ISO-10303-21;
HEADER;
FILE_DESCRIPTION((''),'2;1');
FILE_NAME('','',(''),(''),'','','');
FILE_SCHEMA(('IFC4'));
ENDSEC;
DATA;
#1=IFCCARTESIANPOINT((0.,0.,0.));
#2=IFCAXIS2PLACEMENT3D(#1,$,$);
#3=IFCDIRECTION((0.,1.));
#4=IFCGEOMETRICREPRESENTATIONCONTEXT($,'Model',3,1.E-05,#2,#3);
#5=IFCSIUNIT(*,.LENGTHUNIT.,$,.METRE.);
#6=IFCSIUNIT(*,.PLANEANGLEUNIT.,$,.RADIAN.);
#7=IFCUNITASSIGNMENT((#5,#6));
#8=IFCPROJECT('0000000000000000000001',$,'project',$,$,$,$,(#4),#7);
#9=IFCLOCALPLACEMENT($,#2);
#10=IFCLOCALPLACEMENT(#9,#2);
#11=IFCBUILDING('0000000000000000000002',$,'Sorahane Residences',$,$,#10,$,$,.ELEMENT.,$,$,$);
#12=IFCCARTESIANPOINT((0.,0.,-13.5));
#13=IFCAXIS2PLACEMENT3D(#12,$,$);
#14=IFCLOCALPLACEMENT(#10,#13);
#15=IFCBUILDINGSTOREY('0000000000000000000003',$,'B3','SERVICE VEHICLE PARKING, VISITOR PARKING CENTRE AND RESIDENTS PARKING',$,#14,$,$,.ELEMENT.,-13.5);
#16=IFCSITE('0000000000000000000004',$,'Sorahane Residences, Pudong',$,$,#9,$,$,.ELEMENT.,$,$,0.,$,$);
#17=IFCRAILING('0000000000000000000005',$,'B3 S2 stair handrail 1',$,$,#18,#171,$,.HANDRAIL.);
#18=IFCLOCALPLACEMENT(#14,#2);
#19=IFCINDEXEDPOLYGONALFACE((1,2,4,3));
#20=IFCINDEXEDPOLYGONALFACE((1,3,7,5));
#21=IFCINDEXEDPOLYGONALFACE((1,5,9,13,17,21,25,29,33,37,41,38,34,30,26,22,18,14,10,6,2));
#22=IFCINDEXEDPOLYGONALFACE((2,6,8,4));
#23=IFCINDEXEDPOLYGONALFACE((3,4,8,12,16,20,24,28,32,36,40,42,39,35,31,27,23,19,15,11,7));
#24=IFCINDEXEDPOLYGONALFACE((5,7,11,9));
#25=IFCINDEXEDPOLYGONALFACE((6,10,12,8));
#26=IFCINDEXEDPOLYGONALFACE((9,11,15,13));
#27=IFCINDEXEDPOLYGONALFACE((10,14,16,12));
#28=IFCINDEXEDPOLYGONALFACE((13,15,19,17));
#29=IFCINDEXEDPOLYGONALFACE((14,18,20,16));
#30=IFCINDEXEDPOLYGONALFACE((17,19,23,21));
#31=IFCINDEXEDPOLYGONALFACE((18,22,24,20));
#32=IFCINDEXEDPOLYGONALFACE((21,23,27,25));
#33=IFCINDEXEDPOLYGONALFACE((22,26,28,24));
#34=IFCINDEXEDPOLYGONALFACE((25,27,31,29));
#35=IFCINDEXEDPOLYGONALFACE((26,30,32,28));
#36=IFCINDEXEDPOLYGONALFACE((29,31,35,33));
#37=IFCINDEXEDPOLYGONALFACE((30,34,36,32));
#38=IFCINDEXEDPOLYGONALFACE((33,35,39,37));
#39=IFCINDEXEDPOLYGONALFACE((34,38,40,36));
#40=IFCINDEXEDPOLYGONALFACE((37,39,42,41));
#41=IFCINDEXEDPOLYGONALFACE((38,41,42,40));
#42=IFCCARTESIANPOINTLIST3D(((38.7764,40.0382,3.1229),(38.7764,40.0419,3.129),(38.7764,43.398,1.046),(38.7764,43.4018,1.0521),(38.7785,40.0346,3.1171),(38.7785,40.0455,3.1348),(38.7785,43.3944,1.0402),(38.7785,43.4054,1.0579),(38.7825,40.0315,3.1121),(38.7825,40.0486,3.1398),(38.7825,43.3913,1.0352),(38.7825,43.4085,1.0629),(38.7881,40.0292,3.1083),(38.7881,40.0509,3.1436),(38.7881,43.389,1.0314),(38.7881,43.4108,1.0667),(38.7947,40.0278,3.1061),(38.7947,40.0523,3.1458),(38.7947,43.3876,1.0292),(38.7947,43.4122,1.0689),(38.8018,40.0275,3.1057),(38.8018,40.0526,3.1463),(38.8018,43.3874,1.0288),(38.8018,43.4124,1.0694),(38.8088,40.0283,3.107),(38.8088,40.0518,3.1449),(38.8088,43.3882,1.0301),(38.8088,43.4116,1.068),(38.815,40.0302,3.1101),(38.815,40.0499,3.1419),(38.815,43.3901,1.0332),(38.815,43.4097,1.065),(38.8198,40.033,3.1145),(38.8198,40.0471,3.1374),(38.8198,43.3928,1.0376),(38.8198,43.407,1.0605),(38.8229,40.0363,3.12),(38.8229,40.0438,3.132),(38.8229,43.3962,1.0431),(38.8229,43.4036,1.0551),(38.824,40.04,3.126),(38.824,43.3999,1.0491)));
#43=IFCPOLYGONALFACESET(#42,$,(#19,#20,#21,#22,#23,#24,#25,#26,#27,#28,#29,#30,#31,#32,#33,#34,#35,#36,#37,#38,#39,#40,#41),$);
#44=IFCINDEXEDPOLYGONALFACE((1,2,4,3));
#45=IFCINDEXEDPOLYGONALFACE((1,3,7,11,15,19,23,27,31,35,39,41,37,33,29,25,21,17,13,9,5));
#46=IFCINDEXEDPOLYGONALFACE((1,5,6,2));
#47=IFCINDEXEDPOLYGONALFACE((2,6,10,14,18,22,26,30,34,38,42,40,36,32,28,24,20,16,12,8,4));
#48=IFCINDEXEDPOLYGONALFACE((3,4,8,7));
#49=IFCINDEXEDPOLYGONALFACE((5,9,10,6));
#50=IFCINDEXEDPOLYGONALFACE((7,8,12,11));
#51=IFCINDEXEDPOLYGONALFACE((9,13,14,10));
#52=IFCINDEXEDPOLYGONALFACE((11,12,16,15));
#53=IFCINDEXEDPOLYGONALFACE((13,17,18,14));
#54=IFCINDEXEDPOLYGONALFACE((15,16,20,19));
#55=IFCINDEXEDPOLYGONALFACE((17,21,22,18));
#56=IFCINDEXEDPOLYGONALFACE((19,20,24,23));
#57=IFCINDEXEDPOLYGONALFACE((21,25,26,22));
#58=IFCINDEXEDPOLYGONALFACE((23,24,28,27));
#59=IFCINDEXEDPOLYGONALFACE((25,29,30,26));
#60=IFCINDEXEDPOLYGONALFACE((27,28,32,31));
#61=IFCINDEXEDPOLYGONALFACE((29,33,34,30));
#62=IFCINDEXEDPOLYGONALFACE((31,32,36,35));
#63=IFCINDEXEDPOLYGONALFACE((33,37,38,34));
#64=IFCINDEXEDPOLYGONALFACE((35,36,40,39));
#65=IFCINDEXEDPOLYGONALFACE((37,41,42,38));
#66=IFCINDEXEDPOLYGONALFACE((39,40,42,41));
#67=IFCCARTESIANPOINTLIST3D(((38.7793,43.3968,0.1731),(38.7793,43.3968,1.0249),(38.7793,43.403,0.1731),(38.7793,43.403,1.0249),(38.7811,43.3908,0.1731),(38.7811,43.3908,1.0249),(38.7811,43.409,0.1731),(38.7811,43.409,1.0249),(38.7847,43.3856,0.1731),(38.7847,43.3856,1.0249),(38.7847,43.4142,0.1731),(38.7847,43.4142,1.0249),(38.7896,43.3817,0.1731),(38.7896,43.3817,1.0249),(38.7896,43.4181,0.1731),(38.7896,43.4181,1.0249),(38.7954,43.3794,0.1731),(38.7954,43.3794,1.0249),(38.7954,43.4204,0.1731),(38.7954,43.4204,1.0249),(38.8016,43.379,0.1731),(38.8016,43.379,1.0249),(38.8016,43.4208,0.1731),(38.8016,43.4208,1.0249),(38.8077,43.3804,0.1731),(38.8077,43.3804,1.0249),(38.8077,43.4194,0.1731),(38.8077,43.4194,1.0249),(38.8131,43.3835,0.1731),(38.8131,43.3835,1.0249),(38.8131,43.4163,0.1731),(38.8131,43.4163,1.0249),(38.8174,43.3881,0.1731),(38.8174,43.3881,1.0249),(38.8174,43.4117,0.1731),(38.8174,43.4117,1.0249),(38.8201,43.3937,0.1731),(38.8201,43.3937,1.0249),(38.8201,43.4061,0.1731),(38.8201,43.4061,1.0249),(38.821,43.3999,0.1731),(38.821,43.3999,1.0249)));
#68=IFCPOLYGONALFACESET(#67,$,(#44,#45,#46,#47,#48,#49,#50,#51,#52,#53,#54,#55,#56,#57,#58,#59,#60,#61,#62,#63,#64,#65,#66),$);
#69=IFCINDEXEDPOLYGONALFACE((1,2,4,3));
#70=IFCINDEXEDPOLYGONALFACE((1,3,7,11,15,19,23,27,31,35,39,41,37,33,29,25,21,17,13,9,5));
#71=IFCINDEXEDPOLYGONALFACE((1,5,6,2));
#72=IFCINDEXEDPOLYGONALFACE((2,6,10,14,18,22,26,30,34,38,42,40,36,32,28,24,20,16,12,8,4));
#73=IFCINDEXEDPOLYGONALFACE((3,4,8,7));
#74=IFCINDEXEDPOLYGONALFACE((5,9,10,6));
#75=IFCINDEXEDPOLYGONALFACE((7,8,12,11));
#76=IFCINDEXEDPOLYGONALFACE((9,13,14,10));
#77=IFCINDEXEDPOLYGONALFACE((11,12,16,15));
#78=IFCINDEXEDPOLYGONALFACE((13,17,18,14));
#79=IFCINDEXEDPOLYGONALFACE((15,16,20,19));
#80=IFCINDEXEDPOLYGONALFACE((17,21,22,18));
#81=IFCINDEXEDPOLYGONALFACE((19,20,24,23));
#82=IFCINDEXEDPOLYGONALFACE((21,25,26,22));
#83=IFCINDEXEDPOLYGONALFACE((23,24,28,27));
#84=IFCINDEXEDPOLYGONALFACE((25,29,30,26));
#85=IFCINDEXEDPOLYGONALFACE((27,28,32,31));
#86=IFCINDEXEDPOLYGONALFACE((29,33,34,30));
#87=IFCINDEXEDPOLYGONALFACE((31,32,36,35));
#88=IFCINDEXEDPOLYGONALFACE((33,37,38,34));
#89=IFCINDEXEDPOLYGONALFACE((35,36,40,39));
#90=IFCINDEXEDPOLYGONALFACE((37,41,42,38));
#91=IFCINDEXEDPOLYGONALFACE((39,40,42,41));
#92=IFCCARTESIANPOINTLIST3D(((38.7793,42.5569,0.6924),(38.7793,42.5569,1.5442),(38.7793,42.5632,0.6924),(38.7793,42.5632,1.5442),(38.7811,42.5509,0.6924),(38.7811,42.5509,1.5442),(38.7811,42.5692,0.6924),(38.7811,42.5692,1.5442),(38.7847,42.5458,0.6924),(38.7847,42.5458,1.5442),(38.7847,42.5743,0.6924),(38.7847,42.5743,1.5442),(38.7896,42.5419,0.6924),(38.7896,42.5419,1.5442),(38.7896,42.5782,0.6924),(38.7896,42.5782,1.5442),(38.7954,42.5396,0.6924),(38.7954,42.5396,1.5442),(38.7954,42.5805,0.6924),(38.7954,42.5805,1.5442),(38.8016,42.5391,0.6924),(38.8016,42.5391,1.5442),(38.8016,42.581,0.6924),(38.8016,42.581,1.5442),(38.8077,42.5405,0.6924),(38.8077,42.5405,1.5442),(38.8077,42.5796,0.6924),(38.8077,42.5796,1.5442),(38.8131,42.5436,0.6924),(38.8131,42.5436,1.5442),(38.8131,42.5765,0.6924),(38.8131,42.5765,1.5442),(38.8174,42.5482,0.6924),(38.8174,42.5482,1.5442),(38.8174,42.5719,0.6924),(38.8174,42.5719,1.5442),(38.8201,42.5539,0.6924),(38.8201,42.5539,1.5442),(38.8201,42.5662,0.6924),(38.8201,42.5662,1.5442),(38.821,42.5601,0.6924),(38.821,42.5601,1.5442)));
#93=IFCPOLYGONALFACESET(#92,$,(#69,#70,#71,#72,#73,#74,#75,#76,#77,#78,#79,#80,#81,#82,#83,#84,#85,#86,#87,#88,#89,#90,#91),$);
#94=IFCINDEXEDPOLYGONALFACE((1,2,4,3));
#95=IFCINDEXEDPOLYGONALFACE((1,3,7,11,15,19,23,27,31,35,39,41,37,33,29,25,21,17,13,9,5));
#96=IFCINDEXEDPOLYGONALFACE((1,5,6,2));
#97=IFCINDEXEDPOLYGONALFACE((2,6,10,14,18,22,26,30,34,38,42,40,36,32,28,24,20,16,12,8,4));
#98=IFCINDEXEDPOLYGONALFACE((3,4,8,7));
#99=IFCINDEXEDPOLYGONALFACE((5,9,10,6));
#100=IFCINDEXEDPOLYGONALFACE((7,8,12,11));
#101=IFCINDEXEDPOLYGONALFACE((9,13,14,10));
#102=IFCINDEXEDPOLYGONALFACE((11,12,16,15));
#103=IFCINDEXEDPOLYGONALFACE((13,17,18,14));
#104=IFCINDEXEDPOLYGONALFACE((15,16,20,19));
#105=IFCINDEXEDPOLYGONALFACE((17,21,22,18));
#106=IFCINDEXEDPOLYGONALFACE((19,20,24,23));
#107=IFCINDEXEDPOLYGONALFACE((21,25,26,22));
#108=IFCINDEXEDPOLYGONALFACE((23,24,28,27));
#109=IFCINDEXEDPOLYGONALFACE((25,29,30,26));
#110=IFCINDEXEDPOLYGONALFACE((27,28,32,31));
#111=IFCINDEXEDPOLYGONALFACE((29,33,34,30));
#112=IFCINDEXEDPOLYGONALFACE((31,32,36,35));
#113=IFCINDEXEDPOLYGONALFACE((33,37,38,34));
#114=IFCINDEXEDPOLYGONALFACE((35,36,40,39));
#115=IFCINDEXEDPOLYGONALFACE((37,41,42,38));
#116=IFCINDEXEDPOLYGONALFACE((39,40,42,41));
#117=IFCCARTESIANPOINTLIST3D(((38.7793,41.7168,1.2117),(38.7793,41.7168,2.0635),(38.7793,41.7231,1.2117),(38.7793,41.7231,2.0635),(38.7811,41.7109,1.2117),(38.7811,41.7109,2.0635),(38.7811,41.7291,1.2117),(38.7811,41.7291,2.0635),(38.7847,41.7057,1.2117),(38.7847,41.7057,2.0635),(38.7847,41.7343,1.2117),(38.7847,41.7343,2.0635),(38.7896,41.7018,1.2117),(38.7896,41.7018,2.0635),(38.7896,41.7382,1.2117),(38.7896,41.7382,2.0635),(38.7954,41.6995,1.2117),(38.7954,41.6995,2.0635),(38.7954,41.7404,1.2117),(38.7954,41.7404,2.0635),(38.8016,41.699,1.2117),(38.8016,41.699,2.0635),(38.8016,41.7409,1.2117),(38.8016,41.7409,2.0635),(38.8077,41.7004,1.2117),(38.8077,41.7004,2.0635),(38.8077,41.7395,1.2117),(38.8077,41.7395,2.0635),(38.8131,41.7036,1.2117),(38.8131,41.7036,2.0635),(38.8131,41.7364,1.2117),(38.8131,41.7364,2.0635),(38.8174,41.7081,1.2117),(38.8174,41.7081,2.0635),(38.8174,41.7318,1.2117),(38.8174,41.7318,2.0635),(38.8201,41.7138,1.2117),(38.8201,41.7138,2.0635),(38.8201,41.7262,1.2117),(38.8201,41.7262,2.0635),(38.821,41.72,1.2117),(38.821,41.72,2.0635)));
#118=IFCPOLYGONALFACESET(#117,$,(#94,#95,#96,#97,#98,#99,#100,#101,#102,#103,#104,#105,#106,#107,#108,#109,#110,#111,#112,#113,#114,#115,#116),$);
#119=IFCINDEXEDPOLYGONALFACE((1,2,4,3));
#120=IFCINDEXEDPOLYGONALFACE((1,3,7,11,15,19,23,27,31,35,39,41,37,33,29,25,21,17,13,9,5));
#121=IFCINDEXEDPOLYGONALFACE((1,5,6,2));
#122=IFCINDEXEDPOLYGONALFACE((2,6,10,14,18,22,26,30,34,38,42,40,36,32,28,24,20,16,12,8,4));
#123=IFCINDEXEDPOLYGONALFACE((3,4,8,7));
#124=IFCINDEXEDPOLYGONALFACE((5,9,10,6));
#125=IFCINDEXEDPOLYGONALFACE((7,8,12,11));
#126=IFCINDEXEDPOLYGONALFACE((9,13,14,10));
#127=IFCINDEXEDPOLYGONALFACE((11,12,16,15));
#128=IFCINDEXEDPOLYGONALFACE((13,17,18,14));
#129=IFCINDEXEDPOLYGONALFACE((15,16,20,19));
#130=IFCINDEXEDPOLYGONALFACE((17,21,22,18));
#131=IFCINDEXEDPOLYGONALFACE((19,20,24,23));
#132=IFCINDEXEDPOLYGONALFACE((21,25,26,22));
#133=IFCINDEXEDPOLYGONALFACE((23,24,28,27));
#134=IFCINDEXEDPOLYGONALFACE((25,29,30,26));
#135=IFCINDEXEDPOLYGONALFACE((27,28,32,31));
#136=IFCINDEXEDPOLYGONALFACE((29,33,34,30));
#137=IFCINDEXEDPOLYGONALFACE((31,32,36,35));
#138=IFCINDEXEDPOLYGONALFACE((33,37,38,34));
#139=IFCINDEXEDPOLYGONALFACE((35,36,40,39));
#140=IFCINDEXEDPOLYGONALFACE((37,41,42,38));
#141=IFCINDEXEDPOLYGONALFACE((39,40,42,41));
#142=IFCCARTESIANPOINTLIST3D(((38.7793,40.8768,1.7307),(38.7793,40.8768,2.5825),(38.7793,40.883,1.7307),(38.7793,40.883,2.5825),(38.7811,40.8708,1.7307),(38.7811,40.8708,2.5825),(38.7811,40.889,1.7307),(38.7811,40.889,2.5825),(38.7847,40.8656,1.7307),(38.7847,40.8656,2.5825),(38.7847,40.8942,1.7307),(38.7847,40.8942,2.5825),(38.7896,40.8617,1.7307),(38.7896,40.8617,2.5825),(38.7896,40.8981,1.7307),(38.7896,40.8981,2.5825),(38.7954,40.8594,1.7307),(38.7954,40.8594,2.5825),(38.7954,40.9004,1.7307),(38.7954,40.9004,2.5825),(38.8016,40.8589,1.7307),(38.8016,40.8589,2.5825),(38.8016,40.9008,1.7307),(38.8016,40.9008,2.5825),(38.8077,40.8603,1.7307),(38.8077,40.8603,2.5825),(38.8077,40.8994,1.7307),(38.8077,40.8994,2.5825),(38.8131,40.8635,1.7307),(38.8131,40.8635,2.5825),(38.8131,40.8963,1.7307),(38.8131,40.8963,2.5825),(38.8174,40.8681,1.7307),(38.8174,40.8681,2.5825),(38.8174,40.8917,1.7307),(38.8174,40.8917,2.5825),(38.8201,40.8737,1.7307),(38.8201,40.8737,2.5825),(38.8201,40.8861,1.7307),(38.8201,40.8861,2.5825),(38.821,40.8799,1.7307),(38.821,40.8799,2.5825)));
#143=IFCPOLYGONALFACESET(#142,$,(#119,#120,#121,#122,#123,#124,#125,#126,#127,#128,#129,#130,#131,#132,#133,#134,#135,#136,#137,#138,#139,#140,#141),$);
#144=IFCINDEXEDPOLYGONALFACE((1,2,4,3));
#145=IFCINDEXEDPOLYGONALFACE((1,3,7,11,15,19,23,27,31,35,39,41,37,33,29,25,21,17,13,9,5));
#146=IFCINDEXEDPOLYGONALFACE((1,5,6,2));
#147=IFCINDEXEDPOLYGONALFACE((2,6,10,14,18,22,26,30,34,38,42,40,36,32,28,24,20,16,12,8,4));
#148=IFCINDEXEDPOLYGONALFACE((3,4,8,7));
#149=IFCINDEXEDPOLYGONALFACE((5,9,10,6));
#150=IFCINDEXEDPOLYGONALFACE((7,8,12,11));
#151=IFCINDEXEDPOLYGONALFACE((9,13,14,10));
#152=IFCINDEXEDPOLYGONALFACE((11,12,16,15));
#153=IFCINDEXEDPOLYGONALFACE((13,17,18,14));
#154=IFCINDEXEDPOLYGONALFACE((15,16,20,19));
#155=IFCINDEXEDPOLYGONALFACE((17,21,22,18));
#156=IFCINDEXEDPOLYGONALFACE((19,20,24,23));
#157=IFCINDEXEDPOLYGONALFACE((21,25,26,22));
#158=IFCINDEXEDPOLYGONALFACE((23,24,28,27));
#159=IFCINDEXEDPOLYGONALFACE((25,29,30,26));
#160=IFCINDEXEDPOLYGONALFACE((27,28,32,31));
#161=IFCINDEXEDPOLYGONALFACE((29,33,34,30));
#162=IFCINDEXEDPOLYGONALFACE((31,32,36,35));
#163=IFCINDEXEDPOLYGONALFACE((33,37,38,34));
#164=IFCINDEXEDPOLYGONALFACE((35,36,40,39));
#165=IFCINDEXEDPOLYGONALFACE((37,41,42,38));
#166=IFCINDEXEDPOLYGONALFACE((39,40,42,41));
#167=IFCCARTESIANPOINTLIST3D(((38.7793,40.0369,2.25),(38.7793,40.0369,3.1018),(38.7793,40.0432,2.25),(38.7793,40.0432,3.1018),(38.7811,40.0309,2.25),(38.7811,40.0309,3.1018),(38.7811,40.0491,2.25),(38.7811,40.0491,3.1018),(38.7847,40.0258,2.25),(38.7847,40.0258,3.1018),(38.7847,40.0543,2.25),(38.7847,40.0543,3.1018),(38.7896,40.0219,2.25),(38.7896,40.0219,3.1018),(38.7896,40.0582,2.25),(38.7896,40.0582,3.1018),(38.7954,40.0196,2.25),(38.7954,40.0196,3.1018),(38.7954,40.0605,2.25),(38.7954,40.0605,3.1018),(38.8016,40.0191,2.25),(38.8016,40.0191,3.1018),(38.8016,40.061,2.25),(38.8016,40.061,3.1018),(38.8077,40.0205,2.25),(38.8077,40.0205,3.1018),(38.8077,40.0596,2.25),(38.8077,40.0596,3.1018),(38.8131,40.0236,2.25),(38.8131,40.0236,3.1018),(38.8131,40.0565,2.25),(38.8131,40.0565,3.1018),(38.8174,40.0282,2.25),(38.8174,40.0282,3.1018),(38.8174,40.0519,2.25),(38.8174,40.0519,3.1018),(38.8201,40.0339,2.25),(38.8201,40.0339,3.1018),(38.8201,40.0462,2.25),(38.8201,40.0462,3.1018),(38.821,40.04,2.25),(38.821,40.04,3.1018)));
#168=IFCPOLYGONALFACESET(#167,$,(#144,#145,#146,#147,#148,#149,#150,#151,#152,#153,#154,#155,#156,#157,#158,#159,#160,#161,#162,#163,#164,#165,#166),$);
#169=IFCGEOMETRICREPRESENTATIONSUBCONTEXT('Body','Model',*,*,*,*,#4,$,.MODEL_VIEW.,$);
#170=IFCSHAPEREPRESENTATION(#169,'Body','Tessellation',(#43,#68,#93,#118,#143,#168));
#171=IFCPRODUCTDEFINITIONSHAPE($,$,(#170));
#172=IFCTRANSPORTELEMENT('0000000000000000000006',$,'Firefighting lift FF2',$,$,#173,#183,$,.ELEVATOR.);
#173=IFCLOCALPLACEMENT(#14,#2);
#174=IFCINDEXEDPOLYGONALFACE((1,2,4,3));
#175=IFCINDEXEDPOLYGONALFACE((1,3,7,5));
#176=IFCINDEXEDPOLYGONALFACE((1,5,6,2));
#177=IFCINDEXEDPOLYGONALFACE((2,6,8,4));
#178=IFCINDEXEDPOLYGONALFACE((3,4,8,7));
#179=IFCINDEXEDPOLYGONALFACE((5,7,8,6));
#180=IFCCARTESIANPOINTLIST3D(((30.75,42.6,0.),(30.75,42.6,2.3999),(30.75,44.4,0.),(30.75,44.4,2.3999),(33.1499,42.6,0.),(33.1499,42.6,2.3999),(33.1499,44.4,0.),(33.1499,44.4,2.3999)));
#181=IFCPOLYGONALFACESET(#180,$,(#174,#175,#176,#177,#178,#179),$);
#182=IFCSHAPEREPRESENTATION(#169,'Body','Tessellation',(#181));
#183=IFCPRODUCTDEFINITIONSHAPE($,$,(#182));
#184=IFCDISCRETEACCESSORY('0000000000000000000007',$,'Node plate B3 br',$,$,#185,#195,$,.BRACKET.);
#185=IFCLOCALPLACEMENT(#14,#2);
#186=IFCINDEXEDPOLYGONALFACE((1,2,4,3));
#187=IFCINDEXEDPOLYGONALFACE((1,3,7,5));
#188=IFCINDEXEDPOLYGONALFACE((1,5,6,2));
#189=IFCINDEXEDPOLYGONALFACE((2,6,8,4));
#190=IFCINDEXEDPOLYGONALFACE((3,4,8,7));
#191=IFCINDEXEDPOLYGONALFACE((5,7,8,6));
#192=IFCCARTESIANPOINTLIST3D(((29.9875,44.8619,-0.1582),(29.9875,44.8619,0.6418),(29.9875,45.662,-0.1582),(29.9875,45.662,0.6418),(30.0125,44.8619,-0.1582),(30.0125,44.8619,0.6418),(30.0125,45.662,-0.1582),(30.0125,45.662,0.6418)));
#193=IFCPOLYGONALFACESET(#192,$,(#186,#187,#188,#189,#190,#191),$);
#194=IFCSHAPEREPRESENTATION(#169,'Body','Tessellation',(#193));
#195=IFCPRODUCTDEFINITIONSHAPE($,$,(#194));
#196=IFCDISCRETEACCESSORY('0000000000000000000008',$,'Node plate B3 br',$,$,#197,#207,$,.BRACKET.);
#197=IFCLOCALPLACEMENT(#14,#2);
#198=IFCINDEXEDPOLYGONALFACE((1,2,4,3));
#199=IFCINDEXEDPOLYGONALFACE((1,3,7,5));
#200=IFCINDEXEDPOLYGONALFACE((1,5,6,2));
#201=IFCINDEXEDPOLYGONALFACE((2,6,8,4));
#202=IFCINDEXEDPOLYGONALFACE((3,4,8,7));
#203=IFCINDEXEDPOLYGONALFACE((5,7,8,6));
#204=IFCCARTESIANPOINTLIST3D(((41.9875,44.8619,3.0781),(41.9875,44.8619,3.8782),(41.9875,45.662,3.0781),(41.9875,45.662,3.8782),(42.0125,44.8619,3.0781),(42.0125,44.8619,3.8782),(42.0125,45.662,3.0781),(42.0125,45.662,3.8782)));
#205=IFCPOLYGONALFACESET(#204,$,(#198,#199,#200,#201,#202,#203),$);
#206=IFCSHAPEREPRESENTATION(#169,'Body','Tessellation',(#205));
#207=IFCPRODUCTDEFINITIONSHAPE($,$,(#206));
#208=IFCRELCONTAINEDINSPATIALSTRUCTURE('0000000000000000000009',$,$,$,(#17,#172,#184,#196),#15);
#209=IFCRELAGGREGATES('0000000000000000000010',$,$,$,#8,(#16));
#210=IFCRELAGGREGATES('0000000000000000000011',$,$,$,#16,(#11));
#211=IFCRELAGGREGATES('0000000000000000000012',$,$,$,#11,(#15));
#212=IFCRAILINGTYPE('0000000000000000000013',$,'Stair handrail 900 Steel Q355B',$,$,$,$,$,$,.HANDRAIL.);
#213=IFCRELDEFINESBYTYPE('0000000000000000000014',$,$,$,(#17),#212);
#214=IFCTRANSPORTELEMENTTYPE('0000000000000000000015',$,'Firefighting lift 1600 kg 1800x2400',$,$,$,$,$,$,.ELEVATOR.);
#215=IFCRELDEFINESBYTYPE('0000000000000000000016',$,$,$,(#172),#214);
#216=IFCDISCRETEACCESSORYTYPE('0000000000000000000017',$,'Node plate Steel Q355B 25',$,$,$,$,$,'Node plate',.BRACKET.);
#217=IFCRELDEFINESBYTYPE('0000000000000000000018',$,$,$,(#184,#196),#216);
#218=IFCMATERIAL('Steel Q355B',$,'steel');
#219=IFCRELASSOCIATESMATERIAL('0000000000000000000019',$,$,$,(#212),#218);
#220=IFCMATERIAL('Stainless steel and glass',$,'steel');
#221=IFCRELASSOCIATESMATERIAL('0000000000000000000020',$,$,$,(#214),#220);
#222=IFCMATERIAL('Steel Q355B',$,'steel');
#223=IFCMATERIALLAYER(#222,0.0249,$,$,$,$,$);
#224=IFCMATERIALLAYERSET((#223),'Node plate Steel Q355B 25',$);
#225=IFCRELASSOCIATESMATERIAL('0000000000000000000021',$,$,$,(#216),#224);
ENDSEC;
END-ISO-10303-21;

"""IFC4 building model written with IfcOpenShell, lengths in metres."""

from ifc_helpers import new_model, si_unit, direction, frame, origin, origin_2d, place, context, subcontext, project, spatial, rectangle, circle, extrude, material, layer, layer_set, type_object, element, save


model = new_model("IFC4")

# Units and contexts
model_context = context("Model", 3, precision=1e-05, world=origin(), true_north=direction((0.0, 1.0)))
body_context = subcontext(model_context, "Body", "Model", "MODEL_VIEW")
ifc_project = project(units=[si_unit("LENGTHUNIT", "METRE"), si_unit("PLANEANGLEUNIT", "RADIAN")], contexts=[model_context])

# Site, building, storey
site_placement = place(None, origin())
site = spatial("IfcSite", under=ifc_project, at=site_placement, Name="Sorahane Residences, Pudong", CompositionType="ELEMENT", RefElevation=0.0)
building_placement = place(site_placement, origin())
building = spatial("IfcBuilding", under=site, at=building_placement, Name="Sorahane Residences", CompositionType="ELEMENT")
storey_placement = place(building_placement, frame((0.0, 0.0, -13.5)))
storey = spatial("IfcBuildingStorey", under=building, at=storey_placement, Name="B3", Description="SERVICE VEHICLE PARKING, VISITOR PARKING CENTRE AND RESIDENTS PARKING", CompositionType="ELEMENT", Elevation=-13.5)

# Railing
ifc_material_1 = material(Name="Steel Q355B", Category="steel")
railing_type_1 = type_object("IfcRailingType", Name="Stair handrail 900 Steel Q355B", PredefinedType="HANDRAIL", material=ifc_material_1)
railing_1_placement = place(storey_placement, frame((38.8, 43.3999, 0.1731)))
element("IfcRailing", 1, at=railing_1_placement, inside=storey, type_object=railing_type_1, Name="B3 S2 stair handrail 1", PredefinedType="HANDRAIL", context=body_context, shape_type="SweptSolid", body=[
    extrude(circle(Radius=0.0239, at=origin_2d()), frame((0.0, 0.0, 0.876), z_axis=(0.0, -0.850606, 0.525803), x_axis=(1.0, 0.0, 0.0)), (0.0, 0.0, 1.0), 3.95),
    extrude(circle(Radius=0.021, at=origin_2d()), origin(), (0.0, 0.0, 1.0), 0.8518),
    extrude(circle(Radius=0.021, at=origin_2d()), frame((0.0, -0.8398, 0.5193)), (0.0, 0.0, 1.0), 0.8518),
    extrude(circle(Radius=0.021, at=origin_2d()), frame((0.0, -1.6799, 1.0386)), (0.0, 0.0, 1.0), 0.8518),
    extrude(circle(Radius=0.021, at=origin_2d()), frame((0.0, -2.52, 1.5576)), (0.0, 0.0, 1.0), 0.8518),
    extrude(circle(Radius=0.021, at=origin_2d()), frame((0.0, -3.3599, 2.0769)), (0.0, 0.0, 1.0), 0.8518),
])

# Transport element
ifc_material_2 = material(Name="Stainless steel and glass", Category="steel")
transport_element_type = type_object("IfcTransportElementType", Name="Firefighting lift 1600 kg 1800x2400", PredefinedType="ELEVATOR", material=ifc_material_2)
transport_element_placement = place(storey_placement, frame((31.95, 43.5, 0.0), z_axis=(0.0, 0.0, 1.0), x_axis=(1.0, 0.0, 0.0)))
element("IfcTransportElement", 2, at=transport_element_placement, inside=storey, type_object=transport_element_type, Name="Firefighting lift FF2", PredefinedType="ELEVATOR", context=body_context, shape_type="SweptSolid", body=[
    extrude(rectangle(XDim=2.3999, YDim=1.8, at=origin_2d()), origin(), (0.0, 0.0, 1.0), 2.3999),
])

# Discrete accessories
ifc_material_3 = material(Name="Steel Q355B", Category="steel")
ifc_layer_1 = layer(ifc_material_3, 0.0249)
ifc_layer_set_1 = layer_set([ifc_layer_1], Name="Node plate Steel Q355B 25")
discrete_accessory_type = type_object("IfcDiscreteAccessoryType", Name="Node plate Steel Q355B 25", ElementType="Node plate", PredefinedType="BRACKET", material=ifc_layer_set_1)
for number, where, z_axis, x_axis, name in (
    (3, (30.0, 45.262, -0.1582), (0.0, 0.0, 1.0), (0.0, 1.0, 0.0), "Node plate B3 br"),
    (4, (42.0, 45.262, 3.0781), (0.0, 0.0, 1.0), (0.0, 1.0, 0.0), "Node plate B3 br"),
):
    element("IfcDiscreteAccessory", number, at=place(storey_placement, frame(where, z_axis=z_axis, x_axis=x_axis)), inside=storey, type_object=discrete_accessory_type, Name=name, PredefinedType="BRACKET", context=body_context, shape_type="SweptSolid", body=[
        extrude(rectangle(XDim=0.8, YDim=0.0249, at=origin_2d()), origin(), (0.0, 0.0, 1.0), 0.8),
    ])

save(model, "model.ifc")
